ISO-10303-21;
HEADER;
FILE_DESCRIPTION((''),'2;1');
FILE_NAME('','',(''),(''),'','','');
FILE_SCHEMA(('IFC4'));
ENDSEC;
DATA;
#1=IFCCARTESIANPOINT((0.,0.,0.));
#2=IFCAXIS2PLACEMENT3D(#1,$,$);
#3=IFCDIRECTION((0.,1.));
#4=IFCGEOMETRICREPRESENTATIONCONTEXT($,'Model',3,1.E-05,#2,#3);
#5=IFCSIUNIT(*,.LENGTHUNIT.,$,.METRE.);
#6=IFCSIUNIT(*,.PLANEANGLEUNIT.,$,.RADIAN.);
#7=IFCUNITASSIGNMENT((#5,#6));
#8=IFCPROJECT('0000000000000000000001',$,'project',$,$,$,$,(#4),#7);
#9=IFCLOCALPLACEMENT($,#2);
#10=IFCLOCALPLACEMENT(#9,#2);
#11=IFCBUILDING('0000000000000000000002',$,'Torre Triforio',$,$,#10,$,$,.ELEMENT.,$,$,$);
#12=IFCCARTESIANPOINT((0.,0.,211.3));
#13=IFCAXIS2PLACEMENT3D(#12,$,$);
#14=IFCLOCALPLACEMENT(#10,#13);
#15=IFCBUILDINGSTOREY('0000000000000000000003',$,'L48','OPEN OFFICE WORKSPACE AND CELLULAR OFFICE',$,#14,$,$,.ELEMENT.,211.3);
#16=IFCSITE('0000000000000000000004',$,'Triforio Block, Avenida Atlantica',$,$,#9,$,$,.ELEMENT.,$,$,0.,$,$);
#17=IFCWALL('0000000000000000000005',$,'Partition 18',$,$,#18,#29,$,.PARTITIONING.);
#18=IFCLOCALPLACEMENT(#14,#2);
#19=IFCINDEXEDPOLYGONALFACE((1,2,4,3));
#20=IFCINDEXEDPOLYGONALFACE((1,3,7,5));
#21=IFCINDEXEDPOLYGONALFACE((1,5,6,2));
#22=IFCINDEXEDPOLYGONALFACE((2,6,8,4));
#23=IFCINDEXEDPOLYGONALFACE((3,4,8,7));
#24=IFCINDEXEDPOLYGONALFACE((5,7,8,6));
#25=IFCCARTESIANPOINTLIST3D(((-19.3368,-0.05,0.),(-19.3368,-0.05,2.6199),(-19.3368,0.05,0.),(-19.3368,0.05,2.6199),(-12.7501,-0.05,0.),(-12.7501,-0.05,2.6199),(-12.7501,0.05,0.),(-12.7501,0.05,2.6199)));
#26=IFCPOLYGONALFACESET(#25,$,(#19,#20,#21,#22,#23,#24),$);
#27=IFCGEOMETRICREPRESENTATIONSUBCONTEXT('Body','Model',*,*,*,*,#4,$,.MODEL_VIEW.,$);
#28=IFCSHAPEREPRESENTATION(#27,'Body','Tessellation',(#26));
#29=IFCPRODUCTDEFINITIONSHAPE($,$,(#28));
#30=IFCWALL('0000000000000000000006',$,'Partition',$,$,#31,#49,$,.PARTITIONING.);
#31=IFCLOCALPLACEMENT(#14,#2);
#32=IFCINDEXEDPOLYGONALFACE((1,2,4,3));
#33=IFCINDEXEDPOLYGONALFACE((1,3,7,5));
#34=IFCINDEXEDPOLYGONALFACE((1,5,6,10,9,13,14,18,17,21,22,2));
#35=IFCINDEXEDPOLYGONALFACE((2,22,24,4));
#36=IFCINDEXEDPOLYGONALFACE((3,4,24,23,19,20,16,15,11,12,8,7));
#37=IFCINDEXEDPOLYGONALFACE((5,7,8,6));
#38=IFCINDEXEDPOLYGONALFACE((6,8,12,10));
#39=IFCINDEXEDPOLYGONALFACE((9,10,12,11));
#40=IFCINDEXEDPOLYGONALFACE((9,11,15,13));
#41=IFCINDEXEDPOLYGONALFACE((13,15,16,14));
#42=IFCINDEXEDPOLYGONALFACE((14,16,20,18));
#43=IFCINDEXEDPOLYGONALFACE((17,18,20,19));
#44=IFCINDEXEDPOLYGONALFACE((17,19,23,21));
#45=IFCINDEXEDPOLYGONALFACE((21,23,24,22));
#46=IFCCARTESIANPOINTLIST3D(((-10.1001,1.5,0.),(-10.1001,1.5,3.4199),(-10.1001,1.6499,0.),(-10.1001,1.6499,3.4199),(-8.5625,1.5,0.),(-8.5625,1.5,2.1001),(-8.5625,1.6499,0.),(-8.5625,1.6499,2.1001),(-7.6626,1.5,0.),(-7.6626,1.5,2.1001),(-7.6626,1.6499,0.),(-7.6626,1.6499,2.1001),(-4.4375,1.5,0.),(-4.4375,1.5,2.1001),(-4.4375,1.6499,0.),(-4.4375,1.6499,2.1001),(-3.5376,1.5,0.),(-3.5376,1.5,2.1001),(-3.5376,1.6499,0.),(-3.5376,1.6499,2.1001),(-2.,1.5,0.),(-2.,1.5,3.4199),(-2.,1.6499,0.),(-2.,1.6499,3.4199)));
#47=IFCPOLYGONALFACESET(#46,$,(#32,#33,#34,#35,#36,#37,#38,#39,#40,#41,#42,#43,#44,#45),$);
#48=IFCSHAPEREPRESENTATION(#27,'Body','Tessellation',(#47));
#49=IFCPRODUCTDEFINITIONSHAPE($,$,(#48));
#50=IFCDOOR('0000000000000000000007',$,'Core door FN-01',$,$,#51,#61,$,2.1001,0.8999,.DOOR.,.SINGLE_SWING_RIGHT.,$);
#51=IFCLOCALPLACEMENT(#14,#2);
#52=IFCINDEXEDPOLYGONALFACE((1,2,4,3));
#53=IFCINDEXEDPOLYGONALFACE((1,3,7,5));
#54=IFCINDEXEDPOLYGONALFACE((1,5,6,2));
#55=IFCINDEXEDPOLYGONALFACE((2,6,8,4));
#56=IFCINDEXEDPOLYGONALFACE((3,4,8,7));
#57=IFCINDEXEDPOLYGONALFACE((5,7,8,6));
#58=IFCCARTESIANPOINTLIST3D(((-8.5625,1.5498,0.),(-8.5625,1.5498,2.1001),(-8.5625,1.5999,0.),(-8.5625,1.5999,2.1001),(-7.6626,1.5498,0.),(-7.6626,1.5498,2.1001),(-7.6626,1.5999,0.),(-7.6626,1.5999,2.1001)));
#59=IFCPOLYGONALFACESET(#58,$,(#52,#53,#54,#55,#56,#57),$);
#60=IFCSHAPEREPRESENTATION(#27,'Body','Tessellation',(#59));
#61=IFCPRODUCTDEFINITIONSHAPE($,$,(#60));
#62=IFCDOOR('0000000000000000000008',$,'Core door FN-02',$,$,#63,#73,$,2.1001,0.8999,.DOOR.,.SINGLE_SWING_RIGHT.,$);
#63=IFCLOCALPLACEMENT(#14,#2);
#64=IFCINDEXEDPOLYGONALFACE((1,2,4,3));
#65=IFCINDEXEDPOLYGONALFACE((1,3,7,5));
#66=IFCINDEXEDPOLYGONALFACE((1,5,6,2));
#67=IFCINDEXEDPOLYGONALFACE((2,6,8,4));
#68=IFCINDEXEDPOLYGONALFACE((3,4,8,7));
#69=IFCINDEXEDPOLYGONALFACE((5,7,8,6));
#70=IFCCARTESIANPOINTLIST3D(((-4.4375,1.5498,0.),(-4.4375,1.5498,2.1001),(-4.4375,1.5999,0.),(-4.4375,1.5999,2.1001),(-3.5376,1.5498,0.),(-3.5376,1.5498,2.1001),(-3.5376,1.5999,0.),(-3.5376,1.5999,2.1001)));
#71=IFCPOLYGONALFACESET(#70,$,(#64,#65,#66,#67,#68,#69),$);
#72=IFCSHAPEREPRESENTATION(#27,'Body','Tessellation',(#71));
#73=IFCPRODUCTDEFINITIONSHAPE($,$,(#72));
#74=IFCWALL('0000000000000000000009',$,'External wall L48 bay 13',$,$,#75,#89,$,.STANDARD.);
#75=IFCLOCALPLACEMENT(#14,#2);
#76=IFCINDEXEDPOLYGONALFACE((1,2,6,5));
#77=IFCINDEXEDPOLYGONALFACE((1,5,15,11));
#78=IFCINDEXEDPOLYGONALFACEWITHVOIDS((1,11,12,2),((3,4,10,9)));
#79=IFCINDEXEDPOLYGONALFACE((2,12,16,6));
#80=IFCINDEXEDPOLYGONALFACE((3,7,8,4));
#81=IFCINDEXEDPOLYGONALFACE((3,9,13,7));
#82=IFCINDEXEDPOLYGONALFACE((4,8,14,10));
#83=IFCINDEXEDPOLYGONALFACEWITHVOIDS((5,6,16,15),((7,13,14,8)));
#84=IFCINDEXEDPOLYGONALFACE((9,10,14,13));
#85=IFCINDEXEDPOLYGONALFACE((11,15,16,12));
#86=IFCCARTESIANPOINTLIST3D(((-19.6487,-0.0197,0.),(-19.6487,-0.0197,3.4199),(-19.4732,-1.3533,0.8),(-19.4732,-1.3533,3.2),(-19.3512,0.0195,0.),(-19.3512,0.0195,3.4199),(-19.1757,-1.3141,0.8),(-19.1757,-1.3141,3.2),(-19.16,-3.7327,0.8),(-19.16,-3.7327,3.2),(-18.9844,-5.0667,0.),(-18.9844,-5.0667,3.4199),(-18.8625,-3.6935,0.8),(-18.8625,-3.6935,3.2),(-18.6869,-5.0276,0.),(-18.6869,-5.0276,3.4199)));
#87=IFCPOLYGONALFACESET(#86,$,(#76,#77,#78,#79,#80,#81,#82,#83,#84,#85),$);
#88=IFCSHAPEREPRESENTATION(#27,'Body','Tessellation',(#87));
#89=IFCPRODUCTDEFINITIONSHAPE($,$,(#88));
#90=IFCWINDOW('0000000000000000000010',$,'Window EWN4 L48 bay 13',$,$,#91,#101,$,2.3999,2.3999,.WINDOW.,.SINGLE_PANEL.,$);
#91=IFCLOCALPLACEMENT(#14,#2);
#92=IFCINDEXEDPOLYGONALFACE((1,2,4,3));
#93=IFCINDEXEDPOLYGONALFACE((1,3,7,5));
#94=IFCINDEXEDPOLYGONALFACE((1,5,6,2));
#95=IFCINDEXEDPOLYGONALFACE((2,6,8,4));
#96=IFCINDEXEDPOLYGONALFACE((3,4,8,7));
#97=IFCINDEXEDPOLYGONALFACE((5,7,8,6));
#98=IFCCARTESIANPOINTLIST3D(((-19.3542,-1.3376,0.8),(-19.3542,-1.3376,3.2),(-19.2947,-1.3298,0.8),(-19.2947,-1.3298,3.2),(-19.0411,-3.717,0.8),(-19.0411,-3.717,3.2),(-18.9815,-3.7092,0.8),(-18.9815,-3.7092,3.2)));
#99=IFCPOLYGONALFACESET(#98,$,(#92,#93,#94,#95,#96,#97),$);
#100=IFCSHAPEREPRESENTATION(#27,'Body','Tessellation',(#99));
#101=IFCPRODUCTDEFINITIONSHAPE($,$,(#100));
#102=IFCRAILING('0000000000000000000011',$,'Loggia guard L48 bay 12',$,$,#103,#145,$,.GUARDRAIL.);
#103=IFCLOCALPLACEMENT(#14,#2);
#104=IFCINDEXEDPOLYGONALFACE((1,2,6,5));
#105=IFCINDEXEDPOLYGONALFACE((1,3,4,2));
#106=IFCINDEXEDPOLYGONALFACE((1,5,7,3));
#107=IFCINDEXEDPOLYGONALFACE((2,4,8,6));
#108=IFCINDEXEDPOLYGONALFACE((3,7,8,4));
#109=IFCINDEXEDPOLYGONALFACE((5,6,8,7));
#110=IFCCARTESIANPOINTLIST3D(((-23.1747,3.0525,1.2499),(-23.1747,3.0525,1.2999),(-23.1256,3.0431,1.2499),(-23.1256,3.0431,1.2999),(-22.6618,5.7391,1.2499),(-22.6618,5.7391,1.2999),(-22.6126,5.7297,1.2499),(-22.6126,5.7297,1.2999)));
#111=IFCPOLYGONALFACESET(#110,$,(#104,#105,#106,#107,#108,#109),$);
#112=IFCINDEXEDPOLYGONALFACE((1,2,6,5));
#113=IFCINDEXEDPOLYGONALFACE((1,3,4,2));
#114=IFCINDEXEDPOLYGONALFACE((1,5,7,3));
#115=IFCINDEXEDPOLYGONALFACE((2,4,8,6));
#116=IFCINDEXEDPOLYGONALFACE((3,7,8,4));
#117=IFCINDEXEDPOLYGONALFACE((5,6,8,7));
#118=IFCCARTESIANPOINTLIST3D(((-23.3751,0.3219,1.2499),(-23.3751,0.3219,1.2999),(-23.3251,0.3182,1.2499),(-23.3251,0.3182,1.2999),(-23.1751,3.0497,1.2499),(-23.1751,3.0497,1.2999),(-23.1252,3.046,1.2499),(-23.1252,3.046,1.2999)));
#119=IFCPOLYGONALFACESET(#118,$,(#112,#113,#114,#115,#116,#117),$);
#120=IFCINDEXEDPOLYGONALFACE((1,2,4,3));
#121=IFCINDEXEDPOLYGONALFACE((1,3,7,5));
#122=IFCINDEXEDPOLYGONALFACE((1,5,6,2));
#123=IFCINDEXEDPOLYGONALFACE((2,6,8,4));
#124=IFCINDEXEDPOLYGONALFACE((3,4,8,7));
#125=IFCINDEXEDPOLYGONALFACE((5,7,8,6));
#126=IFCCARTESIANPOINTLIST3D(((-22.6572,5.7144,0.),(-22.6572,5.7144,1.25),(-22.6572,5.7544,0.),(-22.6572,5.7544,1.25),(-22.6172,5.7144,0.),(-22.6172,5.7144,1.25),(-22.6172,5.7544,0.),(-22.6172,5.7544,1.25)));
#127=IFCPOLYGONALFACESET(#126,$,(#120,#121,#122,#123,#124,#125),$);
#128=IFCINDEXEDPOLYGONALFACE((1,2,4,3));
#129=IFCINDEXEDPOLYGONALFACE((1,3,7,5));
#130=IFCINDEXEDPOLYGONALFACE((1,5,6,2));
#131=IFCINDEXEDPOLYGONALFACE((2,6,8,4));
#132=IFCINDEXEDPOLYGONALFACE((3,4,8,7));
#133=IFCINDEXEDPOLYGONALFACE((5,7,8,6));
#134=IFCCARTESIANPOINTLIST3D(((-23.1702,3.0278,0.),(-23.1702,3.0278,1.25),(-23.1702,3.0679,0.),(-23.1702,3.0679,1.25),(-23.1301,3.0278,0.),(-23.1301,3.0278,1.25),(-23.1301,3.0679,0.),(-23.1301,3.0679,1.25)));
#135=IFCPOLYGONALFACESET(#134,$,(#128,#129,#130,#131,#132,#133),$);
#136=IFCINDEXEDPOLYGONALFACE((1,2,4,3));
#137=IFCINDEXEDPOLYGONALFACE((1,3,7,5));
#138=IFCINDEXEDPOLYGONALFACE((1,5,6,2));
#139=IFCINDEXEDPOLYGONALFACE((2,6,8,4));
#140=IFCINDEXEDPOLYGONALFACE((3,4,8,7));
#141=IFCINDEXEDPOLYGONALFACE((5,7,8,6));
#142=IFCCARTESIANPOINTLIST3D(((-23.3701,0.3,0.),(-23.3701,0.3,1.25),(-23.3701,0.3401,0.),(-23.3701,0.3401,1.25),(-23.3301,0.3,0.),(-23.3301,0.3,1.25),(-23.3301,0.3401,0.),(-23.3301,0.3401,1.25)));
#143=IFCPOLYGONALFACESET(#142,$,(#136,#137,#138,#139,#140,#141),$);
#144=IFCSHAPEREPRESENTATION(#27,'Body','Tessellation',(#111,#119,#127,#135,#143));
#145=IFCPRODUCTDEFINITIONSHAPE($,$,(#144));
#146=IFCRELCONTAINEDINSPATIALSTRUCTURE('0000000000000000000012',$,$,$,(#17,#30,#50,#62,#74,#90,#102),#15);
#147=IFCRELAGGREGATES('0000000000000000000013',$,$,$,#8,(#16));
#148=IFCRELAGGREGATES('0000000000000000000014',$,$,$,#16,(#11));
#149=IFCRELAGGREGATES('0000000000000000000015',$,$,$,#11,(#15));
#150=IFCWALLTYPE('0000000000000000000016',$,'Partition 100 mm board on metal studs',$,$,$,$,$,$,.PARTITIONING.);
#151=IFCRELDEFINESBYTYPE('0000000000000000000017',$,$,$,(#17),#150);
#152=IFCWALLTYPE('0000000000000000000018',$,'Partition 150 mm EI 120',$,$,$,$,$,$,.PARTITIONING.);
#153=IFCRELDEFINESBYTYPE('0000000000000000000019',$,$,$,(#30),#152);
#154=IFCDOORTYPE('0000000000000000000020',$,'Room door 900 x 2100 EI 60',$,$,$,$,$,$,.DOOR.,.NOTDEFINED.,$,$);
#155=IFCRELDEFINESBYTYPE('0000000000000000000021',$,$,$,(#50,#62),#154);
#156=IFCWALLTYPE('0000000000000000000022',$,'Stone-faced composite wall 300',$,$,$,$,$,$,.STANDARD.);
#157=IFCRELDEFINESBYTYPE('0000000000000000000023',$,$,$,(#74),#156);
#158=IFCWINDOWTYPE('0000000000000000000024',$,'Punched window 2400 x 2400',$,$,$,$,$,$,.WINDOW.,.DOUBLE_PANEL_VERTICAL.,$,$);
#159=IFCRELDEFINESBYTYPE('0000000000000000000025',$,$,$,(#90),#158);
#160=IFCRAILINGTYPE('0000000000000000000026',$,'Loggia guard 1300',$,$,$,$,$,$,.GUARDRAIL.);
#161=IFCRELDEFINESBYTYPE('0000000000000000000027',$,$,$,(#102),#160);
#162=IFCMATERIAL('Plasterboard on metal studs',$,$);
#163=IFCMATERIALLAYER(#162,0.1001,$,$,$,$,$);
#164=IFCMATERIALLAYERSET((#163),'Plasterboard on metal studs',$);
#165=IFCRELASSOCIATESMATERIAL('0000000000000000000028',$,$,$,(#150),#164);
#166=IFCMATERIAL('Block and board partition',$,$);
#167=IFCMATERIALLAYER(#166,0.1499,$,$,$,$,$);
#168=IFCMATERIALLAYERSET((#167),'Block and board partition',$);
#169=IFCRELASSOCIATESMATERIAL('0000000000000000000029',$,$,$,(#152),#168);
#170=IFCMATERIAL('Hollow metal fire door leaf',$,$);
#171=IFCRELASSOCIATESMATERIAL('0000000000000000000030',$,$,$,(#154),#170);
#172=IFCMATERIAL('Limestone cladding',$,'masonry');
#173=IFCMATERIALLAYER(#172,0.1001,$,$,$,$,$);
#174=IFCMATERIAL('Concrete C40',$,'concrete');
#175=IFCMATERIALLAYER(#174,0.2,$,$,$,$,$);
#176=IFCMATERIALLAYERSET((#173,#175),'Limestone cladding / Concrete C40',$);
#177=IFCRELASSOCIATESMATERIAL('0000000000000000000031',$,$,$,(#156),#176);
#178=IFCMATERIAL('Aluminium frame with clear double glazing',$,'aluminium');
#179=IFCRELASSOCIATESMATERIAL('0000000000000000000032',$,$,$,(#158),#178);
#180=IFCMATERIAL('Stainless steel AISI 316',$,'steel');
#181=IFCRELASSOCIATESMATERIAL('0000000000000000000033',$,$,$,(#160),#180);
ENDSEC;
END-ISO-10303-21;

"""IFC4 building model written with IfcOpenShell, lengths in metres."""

from ifc_helpers import new_model, si_unit, direction, frame, frame_2d, origin, origin_2d, place, context, subcontext, project, spatial, rectangle, extrude, material, layer, layer_set, type_object, element, fill, save


model = new_model("IFC4")

# Units and contexts
model_context = context("Model", 3, precision=1e-05, world=origin(), true_north=direction((0.0, 1.0)))
body_context = subcontext(model_context, "Body", "Model", "MODEL_VIEW")
ifc_project = project(units=[si_unit("LENGTHUNIT", "METRE"), si_unit("PLANEANGLEUNIT", "RADIAN")], contexts=[model_context])

# Site, building, storey
site_placement = place(None, origin())
site = spatial("IfcSite", under=ifc_project, at=site_placement, Name="Triforio Block, Avenida Atlantica", CompositionType="ELEMENT", RefElevation=0.0)
building_placement = place(site_placement, origin())
building = spatial("IfcBuilding", under=site, at=building_placement, Name="Torre Triforio", CompositionType="ELEMENT")
storey_placement = place(building_placement, frame((0.0, 0.0, 211.3)))
storey = spatial("IfcBuildingStorey", under=building, at=storey_placement, Name="L48", Description="OPEN OFFICE WORKSPACE AND CELLULAR OFFICE", CompositionType="ELEMENT", Elevation=211.3)

# Shared definitions
ifc_material_1 = material(Name="Concrete C40", Category="concrete")

# Shared definitions
ifc_material_2 = material(Name="Hollow metal fire door leaf")

# Shared definitions
ifc_material_3 = material(Name="Plasterboard on metal studs")

# Wall
ifc_layer_1 = layer(ifc_material_3, 0.1001)
ifc_layer_set_1 = layer_set([ifc_layer_1], Name="Plasterboard on metal studs")
wall_type_1 = type_object("IfcWallType", Name="Partition 100 mm board on metal studs", PredefinedType="PARTITIONING", material=ifc_layer_set_1)
wall_1_placement = place(storey_placement, frame((-12.75, 0.0, 0.0), z_axis=(0.0, 0.0, 1.0), x_axis=(-1.0, 0.0, 0.0)))
element("IfcWall", 1, at=wall_1_placement, inside=storey, type_object=wall_type_1, Name="Partition 18", PredefinedType="PARTITIONING", context=body_context, shape_type="SweptSolid", body=[
    extrude(rectangle(XDim=6.5867, YDim=0.1001, at=frame_2d((3.2935, 0.0))), origin(), (0.0, 0.0, 1.0), 2.6199),
])

# Wall, openings, doors
ifc_material_4 = material(Name="Block and board partition")
ifc_layer_2 = layer(ifc_material_4, 0.1499)
ifc_layer_set_2 = layer_set([ifc_layer_2], Name="Block and board partition")
wall_type_2 = type_object("IfcWallType", Name="Partition 150 mm EI 120", PredefinedType="PARTITIONING", material=ifc_layer_set_2)
wall_2_placement = place(storey_placement, frame((-10.1001, 1.575, 0.0), z_axis=(0.0, 0.0, 1.0), x_axis=(1.0, 0.0, 0.0)))
wall_2 = element("IfcWall", 2, at=wall_2_placement, inside=storey, type_object=wall_type_2, Name="Partition", PredefinedType="PARTITIONING", context=body_context, shape_type="SweptSolid", body=[
    extrude(rectangle(XDim=8.1001, YDim=0.1499, at=frame_2d((4.05, 0.0))), origin(), (0.0, 0.0, 1.0), 3.4199),
])
opening_1_placement = place(wall_2_placement, frame((1.5376, 0.0, 0.0)))
opening_1 = element("IfcOpeningElement", 3, at=opening_1_placement, cuts=wall_2, PredefinedType="OPENING", context=body_context, shape_type="SweptSolid", body=[
    extrude(rectangle(XDim=0.8999, YDim=2.1001, at=frame_2d((0.45, 1.05))), frame((0.0, 0.085, 0.0), z_axis=(0.0, -1.0, 0.0), x_axis=(1.0, 0.0, 0.0)), (0.0, 0.0, 1.0), 0.1699),
])
opening_2_placement = place(wall_2_placement, frame((5.6626, 0.0, 0.0)))
opening_2 = element("IfcOpeningElement", 4, at=opening_2_placement, cuts=wall_2, PredefinedType="OPENING", context=body_context, shape_type="SweptSolid", body=[
    extrude(rectangle(XDim=0.8999, YDim=2.1001, at=frame_2d((0.45, 1.05))), frame((0.0, 0.085, 0.0), z_axis=(0.0, -1.0, 0.0), x_axis=(1.0, 0.0, 0.0)), (0.0, 0.0, 1.0), 0.1699),
])
door_type_1 = type_object("IfcDoorType", Name="Room door 900 x 2100 EI 60", OperationType="NOTDEFINED", PredefinedType="DOOR", material=ifc_material_2)
door_1_placement = place(opening_1_placement, origin())
door_1 = element("IfcDoor", 5, at=door_1_placement, inside=storey, type_object=door_type_1, Name="Core door FN-01", OperationType="SINGLE_SWING_RIGHT", OverallHeight=2.1001, OverallWidth=0.8999, PredefinedType="DOOR", context=body_context, shape_type="SweptSolid", body=[
    extrude(rectangle(XDim=0.8999, YDim=2.1001, at=frame_2d((0.45, 1.05))), frame((0.0, 0.0249, 0.0), z_axis=(0.0, -1.0, 0.0), x_axis=(1.0, 0.0, 0.0)), (0.0, 0.0, 1.0), 0.05),
])
fill(opening_1, door_1)
door_2_placement = place(opening_2_placement, origin())
door_2 = element("IfcDoor", 6, at=door_2_placement, inside=storey, type_object=door_type_1, Name="Core door FN-02", OperationType="SINGLE_SWING_RIGHT", OverallHeight=2.1001, OverallWidth=0.8999, PredefinedType="DOOR", context=body_context, shape_type="SweptSolid", body=[
    extrude(rectangle(XDim=0.8999, YDim=2.1001, at=frame_2d((0.45, 1.05))), frame((0.0, 0.0249, 0.0), z_axis=(0.0, -1.0, 0.0), x_axis=(1.0, 0.0, 0.0)), (0.0, 0.0, 1.0), 0.05),
])
fill(opening_2, door_2)

# Shared definitions
ifc_material_5 = material(Name="Limestone cladding", Category="masonry")
ifc_layer_3 = layer(ifc_material_5, 0.1001)
ifc_layer_4 = layer(ifc_material_1, 0.2)
ifc_layer_set_3 = layer_set([ifc_layer_3, ifc_layer_4], Name="Limestone cladding / Concrete C40")
wall_type_3 = type_object("IfcWallType", Name="Stone-faced composite wall 300", PredefinedType="STANDARD", material=ifc_layer_set_3)
ifc_material_6 = material(Name="Aluminium frame with clear double glazing", Category="aluminium")

# Wall, opening, window
wall_3_placement = place(storey_placement, frame((-19.5, 0.0, 0.0), z_axis=(0.0, 0.0, 1.0), x_axis=(0.130495, -0.991449, 0.0)))
wall_3 = element("IfcWall", 7, at=wall_3_placement, inside=storey, type_object=wall_type_3, Name="External wall L48 bay 13", PredefinedType="STANDARD", context=body_context, shape_type="SweptSolid", body=[
    extrude(rectangle(XDim=5.0906, YDim=0.3, at=frame_2d((2.5454, 0.0))), origin(), (0.0, 0.0, 1.0), 3.4199),
])
opening_3_placement = place(wall_3_placement, frame((1.3452, 0.0, 0.8)))
opening_3 = element("IfcOpeningElement", 8, at=opening_3_placement, cuts=wall_3, PredefinedType="OPENING", context=body_context, shape_type="SweptSolid", body=[
    extrude(rectangle(XDim=2.3999, YDim=2.3999, at=frame_2d((1.2, 1.2))), frame((0.0, 0.1599, 0.0), z_axis=(0.0, -1.0, 0.0), x_axis=(1.0, 0.0, 0.0)), (0.0, 0.0, 1.0), 0.3201),
])
window_type_1 = type_object("IfcWindowType", Name="Punched window 2400 x 2400", PartitioningType="DOUBLE_PANEL_VERTICAL", PredefinedType="WINDOW", material=ifc_material_6)
window_1_placement = place(opening_3_placement, origin())
window_1 = element("IfcWindow", 9, at=window_1_placement, inside=storey, type_object=window_type_1, Name="Window EWN4 L48 bay 13", OverallHeight=2.3999, OverallWidth=2.3999, PartitioningType="SINGLE_PANEL", PredefinedType="WINDOW", context=body_context, shape_type="SweptSolid", body=[
    extrude(rectangle(XDim=2.3999, YDim=2.3999, at=frame_2d((1.2, 1.2))), frame((0.0, 0.03, 0.0), z_axis=(0.0, -1.0, 0.0), x_axis=(1.0, 0.0, 0.0)), (0.0, 0.0, 1.0), 0.0601),
])
fill(opening_3, window_1)

# Railing
ifc_material_7 = material(Name="Stainless steel AISI 316", Category="steel")
railing_type = type_object("IfcRailingType", Name="Loggia guard 1300", PredefinedType="GUARDRAIL", material=ifc_material_7)
railing_placement = place(storey_placement, frame((-22.6372, 5.7344, 0.0)))
element("IfcRailing", 10, at=railing_placement, inside=storey, type_object=railing_type, Name="Loggia guard L48 bay 12", PredefinedType="GUARDRAIL", context=body_context, shape_type="SweptSolid", body=[
    extrude(rectangle(XDim=0.05, YDim=0.05, at=origin_2d()), frame((0.0, 0.0, 1.2749), z_axis=(-0.187543, -0.982256, 0.0), x_axis=(0.982256, -0.187543, 0.0)), (0.0, 0.0, 1.0), 2.7351),
    extrude(rectangle(XDim=0.05, YDim=0.05, at=origin_2d()), frame((-0.5129, -2.6865, 1.2749), z_axis=(-0.073106, -0.997324, 0.0), x_axis=(0.997324, -0.073106, 0.0)), (0.0, 0.0, 1.0), 2.7351),
    extrude(rectangle(XDim=0.04, YDim=0.04, at=origin_2d()), origin(), (0.0, 0.0, 1.0), 1.25),
    extrude(rectangle(XDim=0.04, YDim=0.04, at=origin_2d()), frame((-0.5129, -2.6865, 0.0)), (0.0, 0.0, 1.0), 1.25),
    extrude(rectangle(XDim=0.04, YDim=0.04, at=origin_2d()), frame((-0.7129, -5.4143, 0.0)), (0.0, 0.0, 1.0), 1.25),
])

save(model, "model.ifc")
